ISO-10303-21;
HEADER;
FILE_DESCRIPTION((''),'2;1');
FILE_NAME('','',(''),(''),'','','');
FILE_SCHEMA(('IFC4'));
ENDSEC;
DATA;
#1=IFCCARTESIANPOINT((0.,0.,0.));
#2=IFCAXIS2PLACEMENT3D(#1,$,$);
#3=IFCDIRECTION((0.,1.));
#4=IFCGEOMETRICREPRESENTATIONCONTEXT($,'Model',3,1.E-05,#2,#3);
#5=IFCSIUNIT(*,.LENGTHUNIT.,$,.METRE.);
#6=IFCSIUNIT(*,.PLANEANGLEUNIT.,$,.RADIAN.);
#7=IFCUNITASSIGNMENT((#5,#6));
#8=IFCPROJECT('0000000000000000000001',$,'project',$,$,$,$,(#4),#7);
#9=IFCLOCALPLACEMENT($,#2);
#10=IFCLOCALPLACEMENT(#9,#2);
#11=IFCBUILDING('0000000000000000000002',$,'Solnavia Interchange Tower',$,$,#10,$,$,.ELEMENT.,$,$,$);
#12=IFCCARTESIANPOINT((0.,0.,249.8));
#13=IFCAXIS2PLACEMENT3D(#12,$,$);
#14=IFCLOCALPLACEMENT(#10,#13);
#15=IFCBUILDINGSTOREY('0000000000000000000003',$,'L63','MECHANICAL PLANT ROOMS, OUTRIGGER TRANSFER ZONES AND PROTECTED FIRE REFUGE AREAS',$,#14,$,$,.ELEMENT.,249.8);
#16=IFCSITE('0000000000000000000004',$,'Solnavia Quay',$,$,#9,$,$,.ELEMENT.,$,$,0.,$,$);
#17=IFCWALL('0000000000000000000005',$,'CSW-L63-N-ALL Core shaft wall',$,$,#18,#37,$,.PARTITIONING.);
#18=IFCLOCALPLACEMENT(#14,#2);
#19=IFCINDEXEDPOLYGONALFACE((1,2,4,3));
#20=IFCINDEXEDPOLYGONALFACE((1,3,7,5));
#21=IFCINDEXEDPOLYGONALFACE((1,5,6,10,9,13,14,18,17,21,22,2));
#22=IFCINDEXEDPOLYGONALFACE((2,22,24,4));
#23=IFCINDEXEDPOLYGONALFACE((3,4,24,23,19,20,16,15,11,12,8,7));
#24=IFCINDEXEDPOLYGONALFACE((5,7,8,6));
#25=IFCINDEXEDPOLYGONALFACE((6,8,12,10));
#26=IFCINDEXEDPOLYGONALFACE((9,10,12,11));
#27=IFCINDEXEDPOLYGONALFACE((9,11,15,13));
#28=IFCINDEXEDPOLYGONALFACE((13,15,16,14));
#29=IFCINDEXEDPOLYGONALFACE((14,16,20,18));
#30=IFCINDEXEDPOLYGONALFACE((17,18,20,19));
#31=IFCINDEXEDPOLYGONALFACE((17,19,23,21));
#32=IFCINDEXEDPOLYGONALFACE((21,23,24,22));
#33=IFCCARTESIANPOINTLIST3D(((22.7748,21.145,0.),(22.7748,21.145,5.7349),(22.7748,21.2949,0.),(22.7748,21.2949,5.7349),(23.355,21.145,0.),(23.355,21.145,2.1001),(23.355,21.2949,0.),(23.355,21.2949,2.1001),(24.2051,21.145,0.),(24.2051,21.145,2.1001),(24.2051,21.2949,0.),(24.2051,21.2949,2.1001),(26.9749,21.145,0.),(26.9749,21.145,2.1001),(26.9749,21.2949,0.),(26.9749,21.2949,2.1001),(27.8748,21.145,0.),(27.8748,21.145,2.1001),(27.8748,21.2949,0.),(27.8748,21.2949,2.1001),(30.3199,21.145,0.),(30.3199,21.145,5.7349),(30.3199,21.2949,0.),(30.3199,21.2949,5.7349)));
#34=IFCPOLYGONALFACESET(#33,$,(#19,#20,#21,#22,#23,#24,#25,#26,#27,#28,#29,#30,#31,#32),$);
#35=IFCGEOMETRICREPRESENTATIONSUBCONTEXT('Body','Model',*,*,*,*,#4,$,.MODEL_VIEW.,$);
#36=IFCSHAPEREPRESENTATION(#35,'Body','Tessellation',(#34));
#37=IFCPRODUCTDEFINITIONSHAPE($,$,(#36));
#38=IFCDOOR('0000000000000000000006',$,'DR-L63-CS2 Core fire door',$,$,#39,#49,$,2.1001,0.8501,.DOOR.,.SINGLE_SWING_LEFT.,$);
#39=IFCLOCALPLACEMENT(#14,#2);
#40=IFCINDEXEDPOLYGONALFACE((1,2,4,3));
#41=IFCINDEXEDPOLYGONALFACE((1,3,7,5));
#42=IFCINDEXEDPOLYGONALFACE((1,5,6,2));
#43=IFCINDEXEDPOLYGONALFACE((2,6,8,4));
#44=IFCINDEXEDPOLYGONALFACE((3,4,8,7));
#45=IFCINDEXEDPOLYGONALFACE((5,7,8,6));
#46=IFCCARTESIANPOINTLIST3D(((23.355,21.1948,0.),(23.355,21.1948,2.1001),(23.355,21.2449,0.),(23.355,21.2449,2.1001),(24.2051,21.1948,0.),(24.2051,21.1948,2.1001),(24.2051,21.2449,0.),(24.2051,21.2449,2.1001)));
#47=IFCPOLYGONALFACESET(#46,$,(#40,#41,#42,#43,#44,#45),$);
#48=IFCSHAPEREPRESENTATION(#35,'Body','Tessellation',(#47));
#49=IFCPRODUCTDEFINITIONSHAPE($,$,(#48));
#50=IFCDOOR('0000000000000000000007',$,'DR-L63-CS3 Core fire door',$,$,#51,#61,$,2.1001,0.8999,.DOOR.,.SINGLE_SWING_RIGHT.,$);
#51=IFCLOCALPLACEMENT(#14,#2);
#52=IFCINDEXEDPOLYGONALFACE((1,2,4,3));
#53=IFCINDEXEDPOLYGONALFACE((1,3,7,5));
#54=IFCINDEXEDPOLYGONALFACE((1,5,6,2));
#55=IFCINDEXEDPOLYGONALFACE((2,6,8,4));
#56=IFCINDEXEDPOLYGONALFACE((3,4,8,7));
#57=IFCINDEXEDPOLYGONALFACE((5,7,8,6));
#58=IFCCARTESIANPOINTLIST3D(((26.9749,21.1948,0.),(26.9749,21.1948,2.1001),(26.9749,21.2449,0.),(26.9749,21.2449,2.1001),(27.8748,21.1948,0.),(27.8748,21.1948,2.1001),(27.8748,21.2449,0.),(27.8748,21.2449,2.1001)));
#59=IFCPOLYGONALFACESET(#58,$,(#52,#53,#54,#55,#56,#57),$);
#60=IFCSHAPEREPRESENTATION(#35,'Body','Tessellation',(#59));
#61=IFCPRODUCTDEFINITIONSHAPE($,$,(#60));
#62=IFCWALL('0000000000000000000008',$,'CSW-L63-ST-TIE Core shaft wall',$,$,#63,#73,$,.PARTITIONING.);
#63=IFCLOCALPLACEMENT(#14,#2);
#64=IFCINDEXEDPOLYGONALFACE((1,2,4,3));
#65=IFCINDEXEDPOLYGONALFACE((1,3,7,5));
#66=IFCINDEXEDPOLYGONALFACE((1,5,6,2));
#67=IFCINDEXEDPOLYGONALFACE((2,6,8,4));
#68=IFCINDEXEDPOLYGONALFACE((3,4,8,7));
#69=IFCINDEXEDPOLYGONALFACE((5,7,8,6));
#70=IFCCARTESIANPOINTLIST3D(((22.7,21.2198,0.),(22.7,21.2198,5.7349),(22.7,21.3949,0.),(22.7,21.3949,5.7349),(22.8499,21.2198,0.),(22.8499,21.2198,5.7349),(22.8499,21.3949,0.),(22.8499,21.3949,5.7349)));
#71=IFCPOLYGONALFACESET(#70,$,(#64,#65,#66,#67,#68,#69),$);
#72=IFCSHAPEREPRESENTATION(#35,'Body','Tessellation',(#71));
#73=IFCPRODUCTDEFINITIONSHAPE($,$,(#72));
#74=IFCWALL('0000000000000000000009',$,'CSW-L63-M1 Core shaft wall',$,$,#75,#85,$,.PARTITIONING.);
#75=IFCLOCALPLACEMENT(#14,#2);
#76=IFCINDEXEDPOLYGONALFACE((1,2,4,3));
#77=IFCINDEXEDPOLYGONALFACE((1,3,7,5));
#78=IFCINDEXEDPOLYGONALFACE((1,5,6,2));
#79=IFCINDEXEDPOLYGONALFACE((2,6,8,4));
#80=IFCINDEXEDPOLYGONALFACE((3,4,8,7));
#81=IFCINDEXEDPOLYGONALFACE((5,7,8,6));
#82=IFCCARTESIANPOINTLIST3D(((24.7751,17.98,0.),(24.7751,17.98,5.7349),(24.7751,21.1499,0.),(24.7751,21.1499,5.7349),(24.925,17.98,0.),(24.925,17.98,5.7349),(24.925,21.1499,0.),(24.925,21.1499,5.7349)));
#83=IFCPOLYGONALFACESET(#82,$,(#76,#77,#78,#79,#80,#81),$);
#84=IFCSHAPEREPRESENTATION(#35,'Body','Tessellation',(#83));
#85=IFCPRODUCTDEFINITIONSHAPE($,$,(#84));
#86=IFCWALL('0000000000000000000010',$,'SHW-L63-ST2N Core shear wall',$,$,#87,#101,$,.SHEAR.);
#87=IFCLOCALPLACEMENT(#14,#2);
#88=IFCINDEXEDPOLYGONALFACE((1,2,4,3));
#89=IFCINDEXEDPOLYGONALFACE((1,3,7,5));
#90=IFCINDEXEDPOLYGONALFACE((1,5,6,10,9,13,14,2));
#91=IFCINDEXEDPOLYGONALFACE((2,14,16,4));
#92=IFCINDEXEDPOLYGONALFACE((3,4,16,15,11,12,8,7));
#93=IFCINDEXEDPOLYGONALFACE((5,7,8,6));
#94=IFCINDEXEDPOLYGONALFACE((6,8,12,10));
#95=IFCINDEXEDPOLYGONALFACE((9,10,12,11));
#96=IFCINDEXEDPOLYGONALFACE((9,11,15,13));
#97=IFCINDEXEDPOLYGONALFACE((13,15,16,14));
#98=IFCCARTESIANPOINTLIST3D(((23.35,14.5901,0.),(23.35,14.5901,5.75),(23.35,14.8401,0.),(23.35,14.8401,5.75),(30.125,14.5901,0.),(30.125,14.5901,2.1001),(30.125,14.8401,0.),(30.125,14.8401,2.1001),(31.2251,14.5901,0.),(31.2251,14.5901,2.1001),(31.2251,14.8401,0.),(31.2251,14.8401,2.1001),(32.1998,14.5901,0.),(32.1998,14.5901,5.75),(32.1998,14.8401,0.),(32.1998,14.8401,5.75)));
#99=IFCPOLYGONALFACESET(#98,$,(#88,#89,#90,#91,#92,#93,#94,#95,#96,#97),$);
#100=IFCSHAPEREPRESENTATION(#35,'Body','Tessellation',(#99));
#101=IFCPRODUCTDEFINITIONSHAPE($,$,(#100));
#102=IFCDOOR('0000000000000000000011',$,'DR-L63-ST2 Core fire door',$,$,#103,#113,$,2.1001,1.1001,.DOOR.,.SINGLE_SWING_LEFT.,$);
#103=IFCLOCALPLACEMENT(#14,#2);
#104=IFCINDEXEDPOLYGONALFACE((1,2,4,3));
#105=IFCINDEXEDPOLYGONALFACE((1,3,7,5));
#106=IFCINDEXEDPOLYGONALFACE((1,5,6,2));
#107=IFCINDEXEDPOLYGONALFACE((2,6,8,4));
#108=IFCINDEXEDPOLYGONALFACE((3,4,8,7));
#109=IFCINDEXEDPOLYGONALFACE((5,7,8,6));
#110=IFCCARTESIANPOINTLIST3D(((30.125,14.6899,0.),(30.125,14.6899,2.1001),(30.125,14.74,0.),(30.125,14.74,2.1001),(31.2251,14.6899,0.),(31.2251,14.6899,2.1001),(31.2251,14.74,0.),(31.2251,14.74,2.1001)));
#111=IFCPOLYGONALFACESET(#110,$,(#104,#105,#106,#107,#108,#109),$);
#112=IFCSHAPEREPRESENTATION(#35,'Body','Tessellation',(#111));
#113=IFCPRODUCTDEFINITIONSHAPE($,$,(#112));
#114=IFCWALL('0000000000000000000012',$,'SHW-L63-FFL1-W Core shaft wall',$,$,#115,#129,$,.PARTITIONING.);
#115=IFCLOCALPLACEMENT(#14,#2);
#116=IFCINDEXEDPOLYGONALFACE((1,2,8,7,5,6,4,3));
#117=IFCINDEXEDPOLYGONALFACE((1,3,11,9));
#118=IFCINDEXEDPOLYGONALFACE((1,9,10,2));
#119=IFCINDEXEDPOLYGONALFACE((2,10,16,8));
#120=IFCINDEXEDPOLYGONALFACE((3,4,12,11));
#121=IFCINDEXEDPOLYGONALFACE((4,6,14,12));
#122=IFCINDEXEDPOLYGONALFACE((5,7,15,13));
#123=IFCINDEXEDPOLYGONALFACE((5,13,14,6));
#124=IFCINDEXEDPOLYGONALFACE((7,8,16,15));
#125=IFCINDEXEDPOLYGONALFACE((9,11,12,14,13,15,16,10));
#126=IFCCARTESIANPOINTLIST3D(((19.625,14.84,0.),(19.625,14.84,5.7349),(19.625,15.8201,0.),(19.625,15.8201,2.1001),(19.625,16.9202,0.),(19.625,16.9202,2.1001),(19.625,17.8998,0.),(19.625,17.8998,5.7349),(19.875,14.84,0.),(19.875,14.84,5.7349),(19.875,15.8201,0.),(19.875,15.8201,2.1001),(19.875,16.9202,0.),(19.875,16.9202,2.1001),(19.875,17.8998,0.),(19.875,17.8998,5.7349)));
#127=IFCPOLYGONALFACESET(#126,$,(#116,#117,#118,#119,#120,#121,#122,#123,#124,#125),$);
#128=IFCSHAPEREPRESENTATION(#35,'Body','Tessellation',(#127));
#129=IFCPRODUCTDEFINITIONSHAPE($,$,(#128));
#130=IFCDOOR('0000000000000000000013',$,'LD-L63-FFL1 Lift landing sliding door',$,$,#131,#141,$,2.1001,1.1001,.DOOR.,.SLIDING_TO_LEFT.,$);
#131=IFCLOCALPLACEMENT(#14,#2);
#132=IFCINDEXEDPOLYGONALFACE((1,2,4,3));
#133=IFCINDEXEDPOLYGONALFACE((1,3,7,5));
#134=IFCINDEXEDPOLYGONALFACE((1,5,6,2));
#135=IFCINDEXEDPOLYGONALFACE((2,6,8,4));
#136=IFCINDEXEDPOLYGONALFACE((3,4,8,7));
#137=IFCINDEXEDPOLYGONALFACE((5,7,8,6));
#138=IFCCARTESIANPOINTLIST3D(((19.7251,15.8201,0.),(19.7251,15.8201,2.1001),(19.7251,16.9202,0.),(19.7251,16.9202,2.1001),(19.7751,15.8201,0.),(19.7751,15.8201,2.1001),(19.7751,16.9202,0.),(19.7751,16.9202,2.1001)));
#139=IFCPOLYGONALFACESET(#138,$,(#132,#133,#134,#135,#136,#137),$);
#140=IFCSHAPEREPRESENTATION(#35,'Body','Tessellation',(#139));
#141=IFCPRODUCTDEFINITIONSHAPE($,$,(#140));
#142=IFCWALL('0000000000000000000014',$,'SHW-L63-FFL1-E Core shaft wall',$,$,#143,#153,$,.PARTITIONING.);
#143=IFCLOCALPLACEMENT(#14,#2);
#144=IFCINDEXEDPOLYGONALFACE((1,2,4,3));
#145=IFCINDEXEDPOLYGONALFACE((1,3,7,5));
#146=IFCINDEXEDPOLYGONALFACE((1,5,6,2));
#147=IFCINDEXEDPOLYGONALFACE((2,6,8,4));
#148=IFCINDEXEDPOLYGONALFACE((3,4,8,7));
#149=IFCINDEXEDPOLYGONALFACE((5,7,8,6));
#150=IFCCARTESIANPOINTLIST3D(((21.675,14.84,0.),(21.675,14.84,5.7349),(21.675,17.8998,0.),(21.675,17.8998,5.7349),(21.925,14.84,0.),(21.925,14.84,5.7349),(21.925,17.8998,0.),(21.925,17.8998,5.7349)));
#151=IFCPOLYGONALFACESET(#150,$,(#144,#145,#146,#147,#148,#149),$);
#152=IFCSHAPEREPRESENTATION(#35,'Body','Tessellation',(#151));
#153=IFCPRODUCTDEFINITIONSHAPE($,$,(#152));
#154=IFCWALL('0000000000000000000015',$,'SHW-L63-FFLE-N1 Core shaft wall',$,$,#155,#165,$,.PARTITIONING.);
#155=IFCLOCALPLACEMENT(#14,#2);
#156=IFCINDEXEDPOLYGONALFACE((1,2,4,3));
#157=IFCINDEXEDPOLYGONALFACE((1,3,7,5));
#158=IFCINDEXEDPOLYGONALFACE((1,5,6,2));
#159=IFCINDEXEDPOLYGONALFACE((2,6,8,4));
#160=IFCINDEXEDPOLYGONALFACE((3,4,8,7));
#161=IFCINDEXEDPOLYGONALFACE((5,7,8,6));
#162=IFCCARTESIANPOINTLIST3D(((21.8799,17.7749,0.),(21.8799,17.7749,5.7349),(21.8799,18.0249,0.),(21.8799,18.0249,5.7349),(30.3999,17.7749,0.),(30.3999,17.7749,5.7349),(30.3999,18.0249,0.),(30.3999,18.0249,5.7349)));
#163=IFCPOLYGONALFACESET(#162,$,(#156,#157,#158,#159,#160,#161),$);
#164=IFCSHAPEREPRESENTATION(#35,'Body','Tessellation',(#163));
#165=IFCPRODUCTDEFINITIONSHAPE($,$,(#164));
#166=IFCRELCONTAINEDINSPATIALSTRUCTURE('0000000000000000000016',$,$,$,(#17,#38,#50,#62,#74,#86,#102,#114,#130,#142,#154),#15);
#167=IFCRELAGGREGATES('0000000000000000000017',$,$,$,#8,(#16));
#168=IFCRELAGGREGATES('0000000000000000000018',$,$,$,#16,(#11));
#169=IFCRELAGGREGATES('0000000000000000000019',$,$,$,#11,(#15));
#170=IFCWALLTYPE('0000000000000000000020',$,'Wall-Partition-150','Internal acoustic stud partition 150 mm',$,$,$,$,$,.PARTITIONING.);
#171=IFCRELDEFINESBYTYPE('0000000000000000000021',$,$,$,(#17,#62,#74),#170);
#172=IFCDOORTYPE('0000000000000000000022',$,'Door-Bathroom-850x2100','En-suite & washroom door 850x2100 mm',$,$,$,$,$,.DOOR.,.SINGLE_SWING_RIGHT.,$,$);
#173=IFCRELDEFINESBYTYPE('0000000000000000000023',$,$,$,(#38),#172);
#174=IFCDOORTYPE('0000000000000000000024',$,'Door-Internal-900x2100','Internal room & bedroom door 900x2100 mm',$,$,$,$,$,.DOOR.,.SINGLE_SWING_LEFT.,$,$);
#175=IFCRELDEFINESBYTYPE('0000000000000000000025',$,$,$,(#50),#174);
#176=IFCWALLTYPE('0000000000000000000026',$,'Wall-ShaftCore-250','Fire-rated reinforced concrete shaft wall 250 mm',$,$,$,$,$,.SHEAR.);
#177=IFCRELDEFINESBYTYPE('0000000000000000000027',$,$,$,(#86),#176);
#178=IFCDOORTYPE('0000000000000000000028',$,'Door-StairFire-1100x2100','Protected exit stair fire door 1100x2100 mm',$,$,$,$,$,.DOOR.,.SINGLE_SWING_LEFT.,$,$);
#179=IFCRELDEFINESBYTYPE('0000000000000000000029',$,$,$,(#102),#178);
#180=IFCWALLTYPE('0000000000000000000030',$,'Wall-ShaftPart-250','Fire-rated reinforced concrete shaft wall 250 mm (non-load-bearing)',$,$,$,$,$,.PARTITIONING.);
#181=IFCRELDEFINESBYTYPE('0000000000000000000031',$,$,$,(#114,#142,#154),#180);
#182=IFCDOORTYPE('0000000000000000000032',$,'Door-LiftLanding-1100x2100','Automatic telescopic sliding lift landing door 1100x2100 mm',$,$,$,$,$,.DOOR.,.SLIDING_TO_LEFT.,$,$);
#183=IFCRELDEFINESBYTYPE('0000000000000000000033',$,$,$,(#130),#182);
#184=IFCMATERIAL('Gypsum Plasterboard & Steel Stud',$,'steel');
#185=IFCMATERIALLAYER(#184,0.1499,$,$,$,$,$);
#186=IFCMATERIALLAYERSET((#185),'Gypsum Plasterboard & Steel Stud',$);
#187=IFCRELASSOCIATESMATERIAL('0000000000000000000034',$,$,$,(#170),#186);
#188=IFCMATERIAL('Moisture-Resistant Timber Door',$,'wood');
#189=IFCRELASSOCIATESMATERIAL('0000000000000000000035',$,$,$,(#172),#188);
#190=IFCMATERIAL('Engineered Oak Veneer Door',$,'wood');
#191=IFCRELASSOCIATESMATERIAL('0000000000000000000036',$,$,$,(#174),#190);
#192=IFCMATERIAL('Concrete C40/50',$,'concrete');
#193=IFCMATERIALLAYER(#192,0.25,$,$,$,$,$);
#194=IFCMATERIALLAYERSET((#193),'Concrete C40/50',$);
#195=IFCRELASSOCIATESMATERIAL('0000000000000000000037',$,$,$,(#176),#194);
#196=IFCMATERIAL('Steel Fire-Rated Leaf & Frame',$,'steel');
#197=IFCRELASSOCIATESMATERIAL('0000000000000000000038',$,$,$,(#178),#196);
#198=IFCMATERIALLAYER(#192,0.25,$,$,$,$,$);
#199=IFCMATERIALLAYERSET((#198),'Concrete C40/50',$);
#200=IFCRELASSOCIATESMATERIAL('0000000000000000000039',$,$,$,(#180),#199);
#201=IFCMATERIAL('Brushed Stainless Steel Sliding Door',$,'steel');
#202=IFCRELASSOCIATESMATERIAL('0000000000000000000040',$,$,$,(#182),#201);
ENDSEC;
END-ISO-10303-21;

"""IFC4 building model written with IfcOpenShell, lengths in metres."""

from ifc_helpers import new_model, si_unit, direction, frame, frame_2d, origin, place, context, subcontext, project, spatial, rectangle, extrude, material, layer, layer_set, type_object, element, fill, save


model = new_model("IFC4")

# Units and contexts
model_context = context("Model", 3, precision=1e-05, world=origin(), true_north=direction((0.0, 1.0)))
body_context = subcontext(model_context, "Body", "Model", "MODEL_VIEW")
ifc_project = project(units=[si_unit("LENGTHUNIT", "METRE"), si_unit("PLANEANGLEUNIT", "RADIAN")], contexts=[model_context])

# Site, building, storey
site_placement = place(None, origin())
site = spatial("IfcSite", under=ifc_project, at=site_placement, Name="Solnavia Quay", CompositionType="ELEMENT", RefElevation=0.0)
building_placement = place(site_placement, origin())
building = spatial("IfcBuilding", under=site, at=building_placement, Name="Solnavia Interchange Tower", CompositionType="ELEMENT")
storey_placement = place(building_placement, frame((0.0, 0.0, 249.8)))
storey = spatial("IfcBuildingStorey", under=building, at=storey_placement, Name="L63", Description="MECHANICAL PLANT ROOMS, OUTRIGGER TRANSFER ZONES AND PROTECTED FIRE REFUGE AREAS", CompositionType="ELEMENT", Elevation=249.8)

# Wall, openings, doors
ifc_material_1 = material(Name="Gypsum Plasterboard & Steel Stud", Category="steel")
ifc_layer_1 = layer(ifc_material_1, 0.1499)
ifc_layer_set_1 = layer_set([ifc_layer_1], Name="Gypsum Plasterboard & Steel Stud")
wall_type_1 = type_object("IfcWallType", Name="Wall-Partition-150", Description="Internal acoustic stud partition 150 mm", PredefinedType="PARTITIONING", material=ifc_layer_set_1)
wall_1_placement = place(storey_placement, frame((22.7749, 21.22, 0.0), z_axis=(0.0, 0.0, 1.0), x_axis=(1.0, 0.0, 0.0)))
wall_1 = element("IfcWall", 1, at=wall_1_placement, inside=storey, type_object=wall_type_1, Name="CSW-L63-N-ALL Core shaft wall", PredefinedType="PARTITIONING", context=body_context, shape_type="SweptSolid", body=[
    extrude(rectangle(XDim=7.5452, YDim=0.1499, at=frame_2d((3.7725, 0.0))), origin(), (0.0, 0.0, 1.0), 5.7349),
])
opening_1_placement = place(wall_1_placement, frame((0.5801, 0.0, 0.0)))
opening_1 = element("IfcOpeningElement", 2, at=opening_1_placement, cuts=wall_1, PredefinedType="OPENING", context=body_context, shape_type="SweptSolid", body=[
    extrude(rectangle(XDim=0.8501, YDim=2.1001, at=frame_2d((0.425, 1.05))), frame((0.0, 0.085, 0.0), z_axis=(0.0, -1.0, 0.0), x_axis=(1.0, 0.0, 0.0)), (0.0, 0.0, 1.0), 0.1699),
])
opening_2_placement = place(wall_1_placement, frame((4.2, 0.0, 0.0)))
opening_2 = element("IfcOpeningElement", 3, at=opening_2_placement, cuts=wall_1, PredefinedType="OPENING", context=body_context, shape_type="SweptSolid", body=[
    extrude(rectangle(XDim=0.8999, YDim=2.1001, at=frame_2d((0.45, 1.05))), frame((0.0, 0.085, 0.0), z_axis=(0.0, -1.0, 0.0), x_axis=(1.0, 0.0, 0.0)), (0.0, 0.0, 1.0), 0.1699),
])
ifc_material_2 = material(Name="Moisture-Resistant Timber Door", Category="wood")
door_type_1 = type_object("IfcDoorType", Name="Door-Bathroom-850x2100", Description="En-suite & washroom door 850x2100 mm", OperationType="SINGLE_SWING_RIGHT", PredefinedType="DOOR", material=ifc_material_2)
door_1_placement = place(opening_1_placement, origin())
door_1 = element("IfcDoor", 4, at=door_1_placement, inside=storey, type_object=door_type_1, Name="DR-L63-CS2 Core fire door", OperationType="SINGLE_SWING_LEFT", OverallHeight=2.1001, OverallWidth=0.8501, PredefinedType="DOOR", context=body_context, shape_type="SweptSolid", body=[
    extrude(rectangle(XDim=0.8501, YDim=2.1001, at=frame_2d((0.425, 1.05))), frame((0.0, 0.0249, 0.0), z_axis=(0.0, -1.0, 0.0), x_axis=(1.0, 0.0, 0.0)), (0.0, 0.0, 1.0), 0.05),
])
fill(opening_1, door_1)
ifc_material_3 = material(Name="Engineered Oak Veneer Door", Category="wood")
door_type_2 = type_object("IfcDoorType", Name="Door-Internal-900x2100", Description="Internal room & bedroom door 900x2100 mm", OperationType="SINGLE_SWING_LEFT", PredefinedType="DOOR", material=ifc_material_3)
door_2_placement = place(opening_2_placement, origin())
door_2 = element("IfcDoor", 5, at=door_2_placement, inside=storey, type_object=door_type_2, Name="DR-L63-CS3 Core fire door", OperationType="SINGLE_SWING_RIGHT", OverallHeight=2.1001, OverallWidth=0.8999, PredefinedType="DOOR", context=body_context, shape_type="SweptSolid", body=[
    extrude(rectangle(XDim=0.8999, YDim=2.1001, at=frame_2d((0.45, 1.05))), frame((0.0, 0.0249, 0.0), z_axis=(0.0, -1.0, 0.0), x_axis=(1.0, 0.0, 0.0)), (0.0, 0.0, 1.0), 0.05),
])
fill(opening_2, door_2)

# Walls
wall_2_placement = place(storey_placement, frame((22.7749, 21.22, 0.0), z_axis=(0.0, 0.0, 1.0), x_axis=(0.0, 1.0, 0.0)))
element("IfcWall", 6, at=wall_2_placement, inside=storey, type_object=wall_type_1, Name="CSW-L63-ST-TIE Core shaft wall", PredefinedType="PARTITIONING", context=body_context, shape_type="SweptSolid", body=[
    extrude(rectangle(XDim=0.175, YDim=0.1499, at=frame_2d((0.0874, 0.0))), origin(), (0.0, 0.0, 1.0), 5.7349),
])
wall_3_placement = place(storey_placement, frame((24.8501, 17.98, 0.0), z_axis=(0.0, 0.0, 1.0), x_axis=(0.0, 1.0, 0.0)))
element("IfcWall", 7, at=wall_3_placement, inside=storey, type_object=wall_type_1, Name="CSW-L63-M1 Core shaft wall", PredefinedType="PARTITIONING", context=body_context, shape_type="SweptSolid", body=[
    extrude(rectangle(XDim=3.1699, YDim=0.1499, at=frame_2d((1.585, 0.0))), origin(), (0.0, 0.0, 1.0), 5.7349),
])

# Walls, openings, doors
ifc_material_4 = material(Name="Concrete C40/50", Category="concrete")
ifc_layer_2 = layer(ifc_material_4, 0.25)
ifc_layer_set_2 = layer_set([ifc_layer_2], Name="Concrete C40/50")
wall_type_2 = type_object("IfcWallType", Name="Wall-ShaftCore-250", Description="Fire-rated reinforced concrete shaft wall 250 mm", PredefinedType="SHEAR", material=ifc_layer_set_2)
wall_4_placement = place(storey_placement, frame((23.3501, 14.7151, 0.0), z_axis=(0.0, 0.0, 1.0), x_axis=(1.0, 0.0, 0.0)))
wall_4 = element("IfcWall", 8, at=wall_4_placement, inside=storey, type_object=wall_type_2, Name="SHW-L63-ST2N Core shear wall", PredefinedType="SHEAR", context=body_context, shape_type="SweptSolid", body=[
    extrude(rectangle(XDim=8.8499, YDim=0.25, at=frame_2d((4.4248, 0.0))), origin(), (0.0, 0.0, 1.0), 5.75),
])
opening_3_placement = place(wall_4_placement, frame((6.7749, 0.0, 0.0)))
opening_3 = element("IfcOpeningElement", 9, at=opening_3_placement, cuts=wall_4, PredefinedType="OPENING", context=body_context, shape_type="SweptSolid", body=[
    extrude(rectangle(XDim=1.1001, YDim=2.1001, at=frame_2d((0.55, 1.05))), frame((0.0, 0.135, 0.0), z_axis=(0.0, -1.0, 0.0), x_axis=(1.0, 0.0, 0.0)), (0.0, 0.0, 1.0), 0.27),
])
ifc_material_5 = material(Name="Steel Fire-Rated Leaf & Frame", Category="steel")
door_type_3 = type_object("IfcDoorType", Name="Door-StairFire-1100x2100", Description="Protected exit stair fire door 1100x2100 mm", OperationType="SINGLE_SWING_LEFT", PredefinedType="DOOR", material=ifc_material_5)
door_3_placement = place(opening_3_placement, origin())
door_3 = element("IfcDoor", 10, at=door_3_placement, inside=storey, type_object=door_type_3, Name="DR-L63-ST2 Core fire door", OperationType="SINGLE_SWING_LEFT", OverallHeight=2.1001, OverallWidth=1.1001, PredefinedType="DOOR", context=body_context, shape_type="SweptSolid", body=[
    extrude(rectangle(XDim=1.1001, YDim=2.1001, at=frame_2d((0.55, 1.05))), frame((0.0, 0.0249, 0.0), z_axis=(0.0, -1.0, 0.0), x_axis=(1.0, 0.0, 0.0)), (0.0, 0.0, 1.0), 0.05),
])
fill(opening_3, door_3)
ifc_layer_3 = layer(ifc_material_4, 0.25)
ifc_layer_set_3 = layer_set([ifc_layer_3], Name="Concrete C40/50")
wall_type_3 = type_object("IfcWallType", Name="Wall-ShaftPart-250", Description="Fire-rated reinforced concrete shaft wall 250 mm (non-load-bearing)", PredefinedType="PARTITIONING", material=ifc_layer_set_3)
wall_5_placement = place(storey_placement, frame((19.75, 14.8401, 0.0), z_axis=(0.0, 0.0, 1.0), x_axis=(0.0, 1.0, 0.0)))
wall_5 = element("IfcWall", 11, at=wall_5_placement, inside=storey, type_object=wall_type_3, Name="SHW-L63-FFL1-W Core shaft wall", PredefinedType="PARTITIONING", context=body_context, shape_type="SweptSolid", body=[
    extrude(rectangle(XDim=3.0598, YDim=0.25, at=frame_2d((1.5298, 0.0))), origin(), (0.0, 0.0, 1.0), 5.7349),
])
opening_4_placement = place(wall_5_placement, frame((0.98, 0.0, 0.0)))
opening_4 = element("IfcOpeningElement", 12, at=opening_4_placement, cuts=wall_5, PredefinedType="OPENING", context=body_context, shape_type="SweptSolid", body=[
    extrude(rectangle(XDim=1.1001, YDim=2.1001, at=frame_2d((0.55, 1.05))), frame((0.0, 0.135, 0.0), z_axis=(0.0, -1.0, 0.0), x_axis=(1.0, 0.0, 0.0)), (0.0, 0.0, 1.0), 0.27),
])
ifc_material_6 = material(Name="Brushed Stainless Steel Sliding Door", Category="steel")
door_type_4 = type_object("IfcDoorType", Name="Door-LiftLanding-1100x2100", Description="Automatic telescopic sliding lift landing door 1100x2100 mm", OperationType="SLIDING_TO_LEFT", PredefinedType="DOOR", material=ifc_material_6)
door_4_placement = place(opening_4_placement, origin())
door_4 = element("IfcDoor", 13, at=door_4_placement, inside=storey, type_object=door_type_4, Name="LD-L63-FFL1 Lift landing sliding door", OperationType="SLIDING_TO_LEFT", OverallHeight=2.1001, OverallWidth=1.1001, PredefinedType="DOOR", context=body_context, shape_type="SweptSolid", body=[
    extrude(rectangle(XDim=1.1001, YDim=2.1001, at=frame_2d((0.55, 1.05))), frame((0.0, 0.0249, 0.0), z_axis=(0.0, -1.0, 0.0), x_axis=(1.0, 0.0, 0.0)), (0.0, 0.0, 1.0), 0.05),
])
fill(opening_4, door_4)

# Walls
wall_6_placement = place(storey_placement, frame((21.8, 14.8401, 0.0), z_axis=(0.0, 0.0, 1.0), x_axis=(0.0, 1.0, 0.0)))
element("IfcWall", 14, at=wall_6_placement, inside=storey, type_object=wall_type_3, Name="SHW-L63-FFL1-E Core shaft wall", PredefinedType="PARTITIONING", context=body_context, shape_type="SweptSolid", body=[
    extrude(rectangle(XDim=3.0598, YDim=0.25, at=frame_2d((1.5298, 0.0))), origin(), (0.0, 0.0, 1.0), 5.7349),
])
wall_7_placement = place(storey_placement, frame((21.8799, 17.8999, 0.0), z_axis=(0.0, 0.0, 1.0), x_axis=(1.0, 0.0, 0.0)))
element("IfcWall", 15, at=wall_7_placement, inside=storey, type_object=wall_type_3, Name="SHW-L63-FFLE-N1 Core shaft wall", PredefinedType="PARTITIONING", context=body_context, shape_type="SweptSolid", body=[
    extrude(rectangle(XDim=8.52, YDim=0.25, at=frame_2d((4.26, 0.0))), origin(), (0.0, 0.0, 1.0), 5.7349),
])

save(model, "model.ifc")
